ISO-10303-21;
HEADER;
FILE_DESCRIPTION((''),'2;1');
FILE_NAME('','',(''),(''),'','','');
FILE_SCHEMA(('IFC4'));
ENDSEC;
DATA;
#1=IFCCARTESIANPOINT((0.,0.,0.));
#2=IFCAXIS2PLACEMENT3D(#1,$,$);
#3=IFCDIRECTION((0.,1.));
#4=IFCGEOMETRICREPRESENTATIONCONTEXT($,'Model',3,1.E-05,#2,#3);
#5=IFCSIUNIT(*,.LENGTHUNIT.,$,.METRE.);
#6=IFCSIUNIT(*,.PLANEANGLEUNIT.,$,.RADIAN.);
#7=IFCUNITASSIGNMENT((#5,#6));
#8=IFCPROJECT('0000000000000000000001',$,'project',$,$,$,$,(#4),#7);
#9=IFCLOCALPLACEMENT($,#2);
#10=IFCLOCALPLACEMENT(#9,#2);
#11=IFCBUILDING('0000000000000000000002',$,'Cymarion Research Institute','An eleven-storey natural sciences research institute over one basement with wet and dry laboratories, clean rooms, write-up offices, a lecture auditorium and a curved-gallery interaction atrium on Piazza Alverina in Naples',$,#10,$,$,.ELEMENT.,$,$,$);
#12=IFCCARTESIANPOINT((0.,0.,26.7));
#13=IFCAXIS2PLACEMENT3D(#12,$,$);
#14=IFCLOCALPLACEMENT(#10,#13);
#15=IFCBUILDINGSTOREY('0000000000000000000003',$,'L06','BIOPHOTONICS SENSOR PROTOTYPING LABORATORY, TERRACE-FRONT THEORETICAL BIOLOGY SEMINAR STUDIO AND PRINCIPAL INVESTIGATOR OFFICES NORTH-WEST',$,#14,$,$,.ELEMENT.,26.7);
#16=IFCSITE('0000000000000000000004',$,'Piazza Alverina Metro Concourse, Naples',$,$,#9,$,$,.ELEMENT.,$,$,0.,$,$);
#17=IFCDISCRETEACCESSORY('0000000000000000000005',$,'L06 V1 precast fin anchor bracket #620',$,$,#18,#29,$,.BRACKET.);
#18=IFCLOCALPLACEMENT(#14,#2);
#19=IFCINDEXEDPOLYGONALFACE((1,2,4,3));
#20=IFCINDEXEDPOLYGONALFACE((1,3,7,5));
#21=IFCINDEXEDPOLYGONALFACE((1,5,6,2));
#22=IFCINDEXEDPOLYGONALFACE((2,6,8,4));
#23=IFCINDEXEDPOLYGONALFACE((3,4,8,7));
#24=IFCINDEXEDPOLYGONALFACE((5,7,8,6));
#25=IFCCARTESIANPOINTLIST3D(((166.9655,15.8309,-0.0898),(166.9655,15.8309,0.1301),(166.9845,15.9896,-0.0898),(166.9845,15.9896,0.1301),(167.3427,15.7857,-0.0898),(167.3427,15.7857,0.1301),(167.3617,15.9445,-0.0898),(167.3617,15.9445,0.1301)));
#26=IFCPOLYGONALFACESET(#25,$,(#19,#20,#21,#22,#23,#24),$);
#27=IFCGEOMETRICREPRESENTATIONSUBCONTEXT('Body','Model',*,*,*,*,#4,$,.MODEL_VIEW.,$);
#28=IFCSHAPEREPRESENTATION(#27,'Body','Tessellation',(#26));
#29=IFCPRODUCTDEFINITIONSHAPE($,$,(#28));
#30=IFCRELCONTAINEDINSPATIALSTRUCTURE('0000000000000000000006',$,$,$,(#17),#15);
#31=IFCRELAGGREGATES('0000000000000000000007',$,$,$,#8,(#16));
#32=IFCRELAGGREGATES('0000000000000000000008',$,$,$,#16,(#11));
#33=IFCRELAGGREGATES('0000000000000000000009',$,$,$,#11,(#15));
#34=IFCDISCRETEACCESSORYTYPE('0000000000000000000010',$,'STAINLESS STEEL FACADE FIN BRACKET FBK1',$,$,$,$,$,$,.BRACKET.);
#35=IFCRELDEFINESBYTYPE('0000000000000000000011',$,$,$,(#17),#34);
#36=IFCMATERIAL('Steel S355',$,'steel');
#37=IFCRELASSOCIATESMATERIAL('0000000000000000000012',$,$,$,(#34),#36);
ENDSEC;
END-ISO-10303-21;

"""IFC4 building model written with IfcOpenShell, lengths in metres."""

from ifc_helpers import new_model, si_unit, direction, frame, origin, origin_2d, place, context, subcontext, project, spatial, rectangle, extrude, material, type_object, element, save


model = new_model("IFC4")

# Units and contexts
model_context = context("Model", 3, precision=1e-05, world=origin(), true_north=direction((0.0, 1.0)))
body_context = subcontext(model_context, "Body", "Model", "MODEL_VIEW")
ifc_project = project(units=[si_unit("LENGTHUNIT", "METRE"), si_unit("PLANEANGLEUNIT", "RADIAN")], contexts=[model_context])

# Site, building, storey
site_placement = place(None, origin())
site = spatial("IfcSite", under=ifc_project, at=site_placement, Name="Piazza Alverina Metro Concourse, Naples", CompositionType="ELEMENT", RefElevation=0.0)
building_placement = place(site_placement, origin())
building = spatial("IfcBuilding", under=site, at=building_placement, Name="Cymarion Research Institute", Description="An eleven-storey natural sciences research institute over one basement with wet and dry laboratories, clean rooms, write-up offices, a lecture auditorium and a curved-gallery interaction atrium on Piazza Alverina in Naples", CompositionType="ELEMENT")
storey_placement = place(building_placement, frame((0.0, 0.0, 26.7)))
storey = spatial("IfcBuildingStorey", under=building, at=storey_placement, Name="L06", Description="BIOPHOTONICS SENSOR PROTOTYPING LABORATORY, TERRACE-FRONT THEORETICAL BIOLOGY SEMINAR STUDIO AND PRINCIPAL INVESTIGATOR OFFICES NORTH-WEST", CompositionType="ELEMENT", Elevation=26.7)

# Shared definitions
ifc_material_1 = material(Name="Steel S355", Category="steel")

# Discrete accessory
discrete_accessory_type = type_object("IfcDiscreteAccessoryType", Name="STAINLESS STEEL FACADE FIN BRACKET FBK1", PredefinedType="BRACKET", material=ifc_material_1)
for number, where, z_axis, x_axis, name in (
    (1, (167.1636, 15.8877, -0.0898), (0.0, 0.0, 1.0), (0.992924, -0.118751, 0.0), "L06 V1 precast fin anchor bracket #620"),
):
    element("IfcDiscreteAccessory", number, at=place(storey_placement, frame(where, z_axis=z_axis, x_axis=x_axis)), inside=storey, type_object=discrete_accessory_type, Name=name, PredefinedType="BRACKET", context=body_context, shape_type="SweptSolid", body=[
        extrude(rectangle(XDim=0.3799, YDim=0.1599, at=origin_2d()), origin(), (0.0, 0.0, 1.0), 0.22),
    ])

save(model, "model.ifc")
